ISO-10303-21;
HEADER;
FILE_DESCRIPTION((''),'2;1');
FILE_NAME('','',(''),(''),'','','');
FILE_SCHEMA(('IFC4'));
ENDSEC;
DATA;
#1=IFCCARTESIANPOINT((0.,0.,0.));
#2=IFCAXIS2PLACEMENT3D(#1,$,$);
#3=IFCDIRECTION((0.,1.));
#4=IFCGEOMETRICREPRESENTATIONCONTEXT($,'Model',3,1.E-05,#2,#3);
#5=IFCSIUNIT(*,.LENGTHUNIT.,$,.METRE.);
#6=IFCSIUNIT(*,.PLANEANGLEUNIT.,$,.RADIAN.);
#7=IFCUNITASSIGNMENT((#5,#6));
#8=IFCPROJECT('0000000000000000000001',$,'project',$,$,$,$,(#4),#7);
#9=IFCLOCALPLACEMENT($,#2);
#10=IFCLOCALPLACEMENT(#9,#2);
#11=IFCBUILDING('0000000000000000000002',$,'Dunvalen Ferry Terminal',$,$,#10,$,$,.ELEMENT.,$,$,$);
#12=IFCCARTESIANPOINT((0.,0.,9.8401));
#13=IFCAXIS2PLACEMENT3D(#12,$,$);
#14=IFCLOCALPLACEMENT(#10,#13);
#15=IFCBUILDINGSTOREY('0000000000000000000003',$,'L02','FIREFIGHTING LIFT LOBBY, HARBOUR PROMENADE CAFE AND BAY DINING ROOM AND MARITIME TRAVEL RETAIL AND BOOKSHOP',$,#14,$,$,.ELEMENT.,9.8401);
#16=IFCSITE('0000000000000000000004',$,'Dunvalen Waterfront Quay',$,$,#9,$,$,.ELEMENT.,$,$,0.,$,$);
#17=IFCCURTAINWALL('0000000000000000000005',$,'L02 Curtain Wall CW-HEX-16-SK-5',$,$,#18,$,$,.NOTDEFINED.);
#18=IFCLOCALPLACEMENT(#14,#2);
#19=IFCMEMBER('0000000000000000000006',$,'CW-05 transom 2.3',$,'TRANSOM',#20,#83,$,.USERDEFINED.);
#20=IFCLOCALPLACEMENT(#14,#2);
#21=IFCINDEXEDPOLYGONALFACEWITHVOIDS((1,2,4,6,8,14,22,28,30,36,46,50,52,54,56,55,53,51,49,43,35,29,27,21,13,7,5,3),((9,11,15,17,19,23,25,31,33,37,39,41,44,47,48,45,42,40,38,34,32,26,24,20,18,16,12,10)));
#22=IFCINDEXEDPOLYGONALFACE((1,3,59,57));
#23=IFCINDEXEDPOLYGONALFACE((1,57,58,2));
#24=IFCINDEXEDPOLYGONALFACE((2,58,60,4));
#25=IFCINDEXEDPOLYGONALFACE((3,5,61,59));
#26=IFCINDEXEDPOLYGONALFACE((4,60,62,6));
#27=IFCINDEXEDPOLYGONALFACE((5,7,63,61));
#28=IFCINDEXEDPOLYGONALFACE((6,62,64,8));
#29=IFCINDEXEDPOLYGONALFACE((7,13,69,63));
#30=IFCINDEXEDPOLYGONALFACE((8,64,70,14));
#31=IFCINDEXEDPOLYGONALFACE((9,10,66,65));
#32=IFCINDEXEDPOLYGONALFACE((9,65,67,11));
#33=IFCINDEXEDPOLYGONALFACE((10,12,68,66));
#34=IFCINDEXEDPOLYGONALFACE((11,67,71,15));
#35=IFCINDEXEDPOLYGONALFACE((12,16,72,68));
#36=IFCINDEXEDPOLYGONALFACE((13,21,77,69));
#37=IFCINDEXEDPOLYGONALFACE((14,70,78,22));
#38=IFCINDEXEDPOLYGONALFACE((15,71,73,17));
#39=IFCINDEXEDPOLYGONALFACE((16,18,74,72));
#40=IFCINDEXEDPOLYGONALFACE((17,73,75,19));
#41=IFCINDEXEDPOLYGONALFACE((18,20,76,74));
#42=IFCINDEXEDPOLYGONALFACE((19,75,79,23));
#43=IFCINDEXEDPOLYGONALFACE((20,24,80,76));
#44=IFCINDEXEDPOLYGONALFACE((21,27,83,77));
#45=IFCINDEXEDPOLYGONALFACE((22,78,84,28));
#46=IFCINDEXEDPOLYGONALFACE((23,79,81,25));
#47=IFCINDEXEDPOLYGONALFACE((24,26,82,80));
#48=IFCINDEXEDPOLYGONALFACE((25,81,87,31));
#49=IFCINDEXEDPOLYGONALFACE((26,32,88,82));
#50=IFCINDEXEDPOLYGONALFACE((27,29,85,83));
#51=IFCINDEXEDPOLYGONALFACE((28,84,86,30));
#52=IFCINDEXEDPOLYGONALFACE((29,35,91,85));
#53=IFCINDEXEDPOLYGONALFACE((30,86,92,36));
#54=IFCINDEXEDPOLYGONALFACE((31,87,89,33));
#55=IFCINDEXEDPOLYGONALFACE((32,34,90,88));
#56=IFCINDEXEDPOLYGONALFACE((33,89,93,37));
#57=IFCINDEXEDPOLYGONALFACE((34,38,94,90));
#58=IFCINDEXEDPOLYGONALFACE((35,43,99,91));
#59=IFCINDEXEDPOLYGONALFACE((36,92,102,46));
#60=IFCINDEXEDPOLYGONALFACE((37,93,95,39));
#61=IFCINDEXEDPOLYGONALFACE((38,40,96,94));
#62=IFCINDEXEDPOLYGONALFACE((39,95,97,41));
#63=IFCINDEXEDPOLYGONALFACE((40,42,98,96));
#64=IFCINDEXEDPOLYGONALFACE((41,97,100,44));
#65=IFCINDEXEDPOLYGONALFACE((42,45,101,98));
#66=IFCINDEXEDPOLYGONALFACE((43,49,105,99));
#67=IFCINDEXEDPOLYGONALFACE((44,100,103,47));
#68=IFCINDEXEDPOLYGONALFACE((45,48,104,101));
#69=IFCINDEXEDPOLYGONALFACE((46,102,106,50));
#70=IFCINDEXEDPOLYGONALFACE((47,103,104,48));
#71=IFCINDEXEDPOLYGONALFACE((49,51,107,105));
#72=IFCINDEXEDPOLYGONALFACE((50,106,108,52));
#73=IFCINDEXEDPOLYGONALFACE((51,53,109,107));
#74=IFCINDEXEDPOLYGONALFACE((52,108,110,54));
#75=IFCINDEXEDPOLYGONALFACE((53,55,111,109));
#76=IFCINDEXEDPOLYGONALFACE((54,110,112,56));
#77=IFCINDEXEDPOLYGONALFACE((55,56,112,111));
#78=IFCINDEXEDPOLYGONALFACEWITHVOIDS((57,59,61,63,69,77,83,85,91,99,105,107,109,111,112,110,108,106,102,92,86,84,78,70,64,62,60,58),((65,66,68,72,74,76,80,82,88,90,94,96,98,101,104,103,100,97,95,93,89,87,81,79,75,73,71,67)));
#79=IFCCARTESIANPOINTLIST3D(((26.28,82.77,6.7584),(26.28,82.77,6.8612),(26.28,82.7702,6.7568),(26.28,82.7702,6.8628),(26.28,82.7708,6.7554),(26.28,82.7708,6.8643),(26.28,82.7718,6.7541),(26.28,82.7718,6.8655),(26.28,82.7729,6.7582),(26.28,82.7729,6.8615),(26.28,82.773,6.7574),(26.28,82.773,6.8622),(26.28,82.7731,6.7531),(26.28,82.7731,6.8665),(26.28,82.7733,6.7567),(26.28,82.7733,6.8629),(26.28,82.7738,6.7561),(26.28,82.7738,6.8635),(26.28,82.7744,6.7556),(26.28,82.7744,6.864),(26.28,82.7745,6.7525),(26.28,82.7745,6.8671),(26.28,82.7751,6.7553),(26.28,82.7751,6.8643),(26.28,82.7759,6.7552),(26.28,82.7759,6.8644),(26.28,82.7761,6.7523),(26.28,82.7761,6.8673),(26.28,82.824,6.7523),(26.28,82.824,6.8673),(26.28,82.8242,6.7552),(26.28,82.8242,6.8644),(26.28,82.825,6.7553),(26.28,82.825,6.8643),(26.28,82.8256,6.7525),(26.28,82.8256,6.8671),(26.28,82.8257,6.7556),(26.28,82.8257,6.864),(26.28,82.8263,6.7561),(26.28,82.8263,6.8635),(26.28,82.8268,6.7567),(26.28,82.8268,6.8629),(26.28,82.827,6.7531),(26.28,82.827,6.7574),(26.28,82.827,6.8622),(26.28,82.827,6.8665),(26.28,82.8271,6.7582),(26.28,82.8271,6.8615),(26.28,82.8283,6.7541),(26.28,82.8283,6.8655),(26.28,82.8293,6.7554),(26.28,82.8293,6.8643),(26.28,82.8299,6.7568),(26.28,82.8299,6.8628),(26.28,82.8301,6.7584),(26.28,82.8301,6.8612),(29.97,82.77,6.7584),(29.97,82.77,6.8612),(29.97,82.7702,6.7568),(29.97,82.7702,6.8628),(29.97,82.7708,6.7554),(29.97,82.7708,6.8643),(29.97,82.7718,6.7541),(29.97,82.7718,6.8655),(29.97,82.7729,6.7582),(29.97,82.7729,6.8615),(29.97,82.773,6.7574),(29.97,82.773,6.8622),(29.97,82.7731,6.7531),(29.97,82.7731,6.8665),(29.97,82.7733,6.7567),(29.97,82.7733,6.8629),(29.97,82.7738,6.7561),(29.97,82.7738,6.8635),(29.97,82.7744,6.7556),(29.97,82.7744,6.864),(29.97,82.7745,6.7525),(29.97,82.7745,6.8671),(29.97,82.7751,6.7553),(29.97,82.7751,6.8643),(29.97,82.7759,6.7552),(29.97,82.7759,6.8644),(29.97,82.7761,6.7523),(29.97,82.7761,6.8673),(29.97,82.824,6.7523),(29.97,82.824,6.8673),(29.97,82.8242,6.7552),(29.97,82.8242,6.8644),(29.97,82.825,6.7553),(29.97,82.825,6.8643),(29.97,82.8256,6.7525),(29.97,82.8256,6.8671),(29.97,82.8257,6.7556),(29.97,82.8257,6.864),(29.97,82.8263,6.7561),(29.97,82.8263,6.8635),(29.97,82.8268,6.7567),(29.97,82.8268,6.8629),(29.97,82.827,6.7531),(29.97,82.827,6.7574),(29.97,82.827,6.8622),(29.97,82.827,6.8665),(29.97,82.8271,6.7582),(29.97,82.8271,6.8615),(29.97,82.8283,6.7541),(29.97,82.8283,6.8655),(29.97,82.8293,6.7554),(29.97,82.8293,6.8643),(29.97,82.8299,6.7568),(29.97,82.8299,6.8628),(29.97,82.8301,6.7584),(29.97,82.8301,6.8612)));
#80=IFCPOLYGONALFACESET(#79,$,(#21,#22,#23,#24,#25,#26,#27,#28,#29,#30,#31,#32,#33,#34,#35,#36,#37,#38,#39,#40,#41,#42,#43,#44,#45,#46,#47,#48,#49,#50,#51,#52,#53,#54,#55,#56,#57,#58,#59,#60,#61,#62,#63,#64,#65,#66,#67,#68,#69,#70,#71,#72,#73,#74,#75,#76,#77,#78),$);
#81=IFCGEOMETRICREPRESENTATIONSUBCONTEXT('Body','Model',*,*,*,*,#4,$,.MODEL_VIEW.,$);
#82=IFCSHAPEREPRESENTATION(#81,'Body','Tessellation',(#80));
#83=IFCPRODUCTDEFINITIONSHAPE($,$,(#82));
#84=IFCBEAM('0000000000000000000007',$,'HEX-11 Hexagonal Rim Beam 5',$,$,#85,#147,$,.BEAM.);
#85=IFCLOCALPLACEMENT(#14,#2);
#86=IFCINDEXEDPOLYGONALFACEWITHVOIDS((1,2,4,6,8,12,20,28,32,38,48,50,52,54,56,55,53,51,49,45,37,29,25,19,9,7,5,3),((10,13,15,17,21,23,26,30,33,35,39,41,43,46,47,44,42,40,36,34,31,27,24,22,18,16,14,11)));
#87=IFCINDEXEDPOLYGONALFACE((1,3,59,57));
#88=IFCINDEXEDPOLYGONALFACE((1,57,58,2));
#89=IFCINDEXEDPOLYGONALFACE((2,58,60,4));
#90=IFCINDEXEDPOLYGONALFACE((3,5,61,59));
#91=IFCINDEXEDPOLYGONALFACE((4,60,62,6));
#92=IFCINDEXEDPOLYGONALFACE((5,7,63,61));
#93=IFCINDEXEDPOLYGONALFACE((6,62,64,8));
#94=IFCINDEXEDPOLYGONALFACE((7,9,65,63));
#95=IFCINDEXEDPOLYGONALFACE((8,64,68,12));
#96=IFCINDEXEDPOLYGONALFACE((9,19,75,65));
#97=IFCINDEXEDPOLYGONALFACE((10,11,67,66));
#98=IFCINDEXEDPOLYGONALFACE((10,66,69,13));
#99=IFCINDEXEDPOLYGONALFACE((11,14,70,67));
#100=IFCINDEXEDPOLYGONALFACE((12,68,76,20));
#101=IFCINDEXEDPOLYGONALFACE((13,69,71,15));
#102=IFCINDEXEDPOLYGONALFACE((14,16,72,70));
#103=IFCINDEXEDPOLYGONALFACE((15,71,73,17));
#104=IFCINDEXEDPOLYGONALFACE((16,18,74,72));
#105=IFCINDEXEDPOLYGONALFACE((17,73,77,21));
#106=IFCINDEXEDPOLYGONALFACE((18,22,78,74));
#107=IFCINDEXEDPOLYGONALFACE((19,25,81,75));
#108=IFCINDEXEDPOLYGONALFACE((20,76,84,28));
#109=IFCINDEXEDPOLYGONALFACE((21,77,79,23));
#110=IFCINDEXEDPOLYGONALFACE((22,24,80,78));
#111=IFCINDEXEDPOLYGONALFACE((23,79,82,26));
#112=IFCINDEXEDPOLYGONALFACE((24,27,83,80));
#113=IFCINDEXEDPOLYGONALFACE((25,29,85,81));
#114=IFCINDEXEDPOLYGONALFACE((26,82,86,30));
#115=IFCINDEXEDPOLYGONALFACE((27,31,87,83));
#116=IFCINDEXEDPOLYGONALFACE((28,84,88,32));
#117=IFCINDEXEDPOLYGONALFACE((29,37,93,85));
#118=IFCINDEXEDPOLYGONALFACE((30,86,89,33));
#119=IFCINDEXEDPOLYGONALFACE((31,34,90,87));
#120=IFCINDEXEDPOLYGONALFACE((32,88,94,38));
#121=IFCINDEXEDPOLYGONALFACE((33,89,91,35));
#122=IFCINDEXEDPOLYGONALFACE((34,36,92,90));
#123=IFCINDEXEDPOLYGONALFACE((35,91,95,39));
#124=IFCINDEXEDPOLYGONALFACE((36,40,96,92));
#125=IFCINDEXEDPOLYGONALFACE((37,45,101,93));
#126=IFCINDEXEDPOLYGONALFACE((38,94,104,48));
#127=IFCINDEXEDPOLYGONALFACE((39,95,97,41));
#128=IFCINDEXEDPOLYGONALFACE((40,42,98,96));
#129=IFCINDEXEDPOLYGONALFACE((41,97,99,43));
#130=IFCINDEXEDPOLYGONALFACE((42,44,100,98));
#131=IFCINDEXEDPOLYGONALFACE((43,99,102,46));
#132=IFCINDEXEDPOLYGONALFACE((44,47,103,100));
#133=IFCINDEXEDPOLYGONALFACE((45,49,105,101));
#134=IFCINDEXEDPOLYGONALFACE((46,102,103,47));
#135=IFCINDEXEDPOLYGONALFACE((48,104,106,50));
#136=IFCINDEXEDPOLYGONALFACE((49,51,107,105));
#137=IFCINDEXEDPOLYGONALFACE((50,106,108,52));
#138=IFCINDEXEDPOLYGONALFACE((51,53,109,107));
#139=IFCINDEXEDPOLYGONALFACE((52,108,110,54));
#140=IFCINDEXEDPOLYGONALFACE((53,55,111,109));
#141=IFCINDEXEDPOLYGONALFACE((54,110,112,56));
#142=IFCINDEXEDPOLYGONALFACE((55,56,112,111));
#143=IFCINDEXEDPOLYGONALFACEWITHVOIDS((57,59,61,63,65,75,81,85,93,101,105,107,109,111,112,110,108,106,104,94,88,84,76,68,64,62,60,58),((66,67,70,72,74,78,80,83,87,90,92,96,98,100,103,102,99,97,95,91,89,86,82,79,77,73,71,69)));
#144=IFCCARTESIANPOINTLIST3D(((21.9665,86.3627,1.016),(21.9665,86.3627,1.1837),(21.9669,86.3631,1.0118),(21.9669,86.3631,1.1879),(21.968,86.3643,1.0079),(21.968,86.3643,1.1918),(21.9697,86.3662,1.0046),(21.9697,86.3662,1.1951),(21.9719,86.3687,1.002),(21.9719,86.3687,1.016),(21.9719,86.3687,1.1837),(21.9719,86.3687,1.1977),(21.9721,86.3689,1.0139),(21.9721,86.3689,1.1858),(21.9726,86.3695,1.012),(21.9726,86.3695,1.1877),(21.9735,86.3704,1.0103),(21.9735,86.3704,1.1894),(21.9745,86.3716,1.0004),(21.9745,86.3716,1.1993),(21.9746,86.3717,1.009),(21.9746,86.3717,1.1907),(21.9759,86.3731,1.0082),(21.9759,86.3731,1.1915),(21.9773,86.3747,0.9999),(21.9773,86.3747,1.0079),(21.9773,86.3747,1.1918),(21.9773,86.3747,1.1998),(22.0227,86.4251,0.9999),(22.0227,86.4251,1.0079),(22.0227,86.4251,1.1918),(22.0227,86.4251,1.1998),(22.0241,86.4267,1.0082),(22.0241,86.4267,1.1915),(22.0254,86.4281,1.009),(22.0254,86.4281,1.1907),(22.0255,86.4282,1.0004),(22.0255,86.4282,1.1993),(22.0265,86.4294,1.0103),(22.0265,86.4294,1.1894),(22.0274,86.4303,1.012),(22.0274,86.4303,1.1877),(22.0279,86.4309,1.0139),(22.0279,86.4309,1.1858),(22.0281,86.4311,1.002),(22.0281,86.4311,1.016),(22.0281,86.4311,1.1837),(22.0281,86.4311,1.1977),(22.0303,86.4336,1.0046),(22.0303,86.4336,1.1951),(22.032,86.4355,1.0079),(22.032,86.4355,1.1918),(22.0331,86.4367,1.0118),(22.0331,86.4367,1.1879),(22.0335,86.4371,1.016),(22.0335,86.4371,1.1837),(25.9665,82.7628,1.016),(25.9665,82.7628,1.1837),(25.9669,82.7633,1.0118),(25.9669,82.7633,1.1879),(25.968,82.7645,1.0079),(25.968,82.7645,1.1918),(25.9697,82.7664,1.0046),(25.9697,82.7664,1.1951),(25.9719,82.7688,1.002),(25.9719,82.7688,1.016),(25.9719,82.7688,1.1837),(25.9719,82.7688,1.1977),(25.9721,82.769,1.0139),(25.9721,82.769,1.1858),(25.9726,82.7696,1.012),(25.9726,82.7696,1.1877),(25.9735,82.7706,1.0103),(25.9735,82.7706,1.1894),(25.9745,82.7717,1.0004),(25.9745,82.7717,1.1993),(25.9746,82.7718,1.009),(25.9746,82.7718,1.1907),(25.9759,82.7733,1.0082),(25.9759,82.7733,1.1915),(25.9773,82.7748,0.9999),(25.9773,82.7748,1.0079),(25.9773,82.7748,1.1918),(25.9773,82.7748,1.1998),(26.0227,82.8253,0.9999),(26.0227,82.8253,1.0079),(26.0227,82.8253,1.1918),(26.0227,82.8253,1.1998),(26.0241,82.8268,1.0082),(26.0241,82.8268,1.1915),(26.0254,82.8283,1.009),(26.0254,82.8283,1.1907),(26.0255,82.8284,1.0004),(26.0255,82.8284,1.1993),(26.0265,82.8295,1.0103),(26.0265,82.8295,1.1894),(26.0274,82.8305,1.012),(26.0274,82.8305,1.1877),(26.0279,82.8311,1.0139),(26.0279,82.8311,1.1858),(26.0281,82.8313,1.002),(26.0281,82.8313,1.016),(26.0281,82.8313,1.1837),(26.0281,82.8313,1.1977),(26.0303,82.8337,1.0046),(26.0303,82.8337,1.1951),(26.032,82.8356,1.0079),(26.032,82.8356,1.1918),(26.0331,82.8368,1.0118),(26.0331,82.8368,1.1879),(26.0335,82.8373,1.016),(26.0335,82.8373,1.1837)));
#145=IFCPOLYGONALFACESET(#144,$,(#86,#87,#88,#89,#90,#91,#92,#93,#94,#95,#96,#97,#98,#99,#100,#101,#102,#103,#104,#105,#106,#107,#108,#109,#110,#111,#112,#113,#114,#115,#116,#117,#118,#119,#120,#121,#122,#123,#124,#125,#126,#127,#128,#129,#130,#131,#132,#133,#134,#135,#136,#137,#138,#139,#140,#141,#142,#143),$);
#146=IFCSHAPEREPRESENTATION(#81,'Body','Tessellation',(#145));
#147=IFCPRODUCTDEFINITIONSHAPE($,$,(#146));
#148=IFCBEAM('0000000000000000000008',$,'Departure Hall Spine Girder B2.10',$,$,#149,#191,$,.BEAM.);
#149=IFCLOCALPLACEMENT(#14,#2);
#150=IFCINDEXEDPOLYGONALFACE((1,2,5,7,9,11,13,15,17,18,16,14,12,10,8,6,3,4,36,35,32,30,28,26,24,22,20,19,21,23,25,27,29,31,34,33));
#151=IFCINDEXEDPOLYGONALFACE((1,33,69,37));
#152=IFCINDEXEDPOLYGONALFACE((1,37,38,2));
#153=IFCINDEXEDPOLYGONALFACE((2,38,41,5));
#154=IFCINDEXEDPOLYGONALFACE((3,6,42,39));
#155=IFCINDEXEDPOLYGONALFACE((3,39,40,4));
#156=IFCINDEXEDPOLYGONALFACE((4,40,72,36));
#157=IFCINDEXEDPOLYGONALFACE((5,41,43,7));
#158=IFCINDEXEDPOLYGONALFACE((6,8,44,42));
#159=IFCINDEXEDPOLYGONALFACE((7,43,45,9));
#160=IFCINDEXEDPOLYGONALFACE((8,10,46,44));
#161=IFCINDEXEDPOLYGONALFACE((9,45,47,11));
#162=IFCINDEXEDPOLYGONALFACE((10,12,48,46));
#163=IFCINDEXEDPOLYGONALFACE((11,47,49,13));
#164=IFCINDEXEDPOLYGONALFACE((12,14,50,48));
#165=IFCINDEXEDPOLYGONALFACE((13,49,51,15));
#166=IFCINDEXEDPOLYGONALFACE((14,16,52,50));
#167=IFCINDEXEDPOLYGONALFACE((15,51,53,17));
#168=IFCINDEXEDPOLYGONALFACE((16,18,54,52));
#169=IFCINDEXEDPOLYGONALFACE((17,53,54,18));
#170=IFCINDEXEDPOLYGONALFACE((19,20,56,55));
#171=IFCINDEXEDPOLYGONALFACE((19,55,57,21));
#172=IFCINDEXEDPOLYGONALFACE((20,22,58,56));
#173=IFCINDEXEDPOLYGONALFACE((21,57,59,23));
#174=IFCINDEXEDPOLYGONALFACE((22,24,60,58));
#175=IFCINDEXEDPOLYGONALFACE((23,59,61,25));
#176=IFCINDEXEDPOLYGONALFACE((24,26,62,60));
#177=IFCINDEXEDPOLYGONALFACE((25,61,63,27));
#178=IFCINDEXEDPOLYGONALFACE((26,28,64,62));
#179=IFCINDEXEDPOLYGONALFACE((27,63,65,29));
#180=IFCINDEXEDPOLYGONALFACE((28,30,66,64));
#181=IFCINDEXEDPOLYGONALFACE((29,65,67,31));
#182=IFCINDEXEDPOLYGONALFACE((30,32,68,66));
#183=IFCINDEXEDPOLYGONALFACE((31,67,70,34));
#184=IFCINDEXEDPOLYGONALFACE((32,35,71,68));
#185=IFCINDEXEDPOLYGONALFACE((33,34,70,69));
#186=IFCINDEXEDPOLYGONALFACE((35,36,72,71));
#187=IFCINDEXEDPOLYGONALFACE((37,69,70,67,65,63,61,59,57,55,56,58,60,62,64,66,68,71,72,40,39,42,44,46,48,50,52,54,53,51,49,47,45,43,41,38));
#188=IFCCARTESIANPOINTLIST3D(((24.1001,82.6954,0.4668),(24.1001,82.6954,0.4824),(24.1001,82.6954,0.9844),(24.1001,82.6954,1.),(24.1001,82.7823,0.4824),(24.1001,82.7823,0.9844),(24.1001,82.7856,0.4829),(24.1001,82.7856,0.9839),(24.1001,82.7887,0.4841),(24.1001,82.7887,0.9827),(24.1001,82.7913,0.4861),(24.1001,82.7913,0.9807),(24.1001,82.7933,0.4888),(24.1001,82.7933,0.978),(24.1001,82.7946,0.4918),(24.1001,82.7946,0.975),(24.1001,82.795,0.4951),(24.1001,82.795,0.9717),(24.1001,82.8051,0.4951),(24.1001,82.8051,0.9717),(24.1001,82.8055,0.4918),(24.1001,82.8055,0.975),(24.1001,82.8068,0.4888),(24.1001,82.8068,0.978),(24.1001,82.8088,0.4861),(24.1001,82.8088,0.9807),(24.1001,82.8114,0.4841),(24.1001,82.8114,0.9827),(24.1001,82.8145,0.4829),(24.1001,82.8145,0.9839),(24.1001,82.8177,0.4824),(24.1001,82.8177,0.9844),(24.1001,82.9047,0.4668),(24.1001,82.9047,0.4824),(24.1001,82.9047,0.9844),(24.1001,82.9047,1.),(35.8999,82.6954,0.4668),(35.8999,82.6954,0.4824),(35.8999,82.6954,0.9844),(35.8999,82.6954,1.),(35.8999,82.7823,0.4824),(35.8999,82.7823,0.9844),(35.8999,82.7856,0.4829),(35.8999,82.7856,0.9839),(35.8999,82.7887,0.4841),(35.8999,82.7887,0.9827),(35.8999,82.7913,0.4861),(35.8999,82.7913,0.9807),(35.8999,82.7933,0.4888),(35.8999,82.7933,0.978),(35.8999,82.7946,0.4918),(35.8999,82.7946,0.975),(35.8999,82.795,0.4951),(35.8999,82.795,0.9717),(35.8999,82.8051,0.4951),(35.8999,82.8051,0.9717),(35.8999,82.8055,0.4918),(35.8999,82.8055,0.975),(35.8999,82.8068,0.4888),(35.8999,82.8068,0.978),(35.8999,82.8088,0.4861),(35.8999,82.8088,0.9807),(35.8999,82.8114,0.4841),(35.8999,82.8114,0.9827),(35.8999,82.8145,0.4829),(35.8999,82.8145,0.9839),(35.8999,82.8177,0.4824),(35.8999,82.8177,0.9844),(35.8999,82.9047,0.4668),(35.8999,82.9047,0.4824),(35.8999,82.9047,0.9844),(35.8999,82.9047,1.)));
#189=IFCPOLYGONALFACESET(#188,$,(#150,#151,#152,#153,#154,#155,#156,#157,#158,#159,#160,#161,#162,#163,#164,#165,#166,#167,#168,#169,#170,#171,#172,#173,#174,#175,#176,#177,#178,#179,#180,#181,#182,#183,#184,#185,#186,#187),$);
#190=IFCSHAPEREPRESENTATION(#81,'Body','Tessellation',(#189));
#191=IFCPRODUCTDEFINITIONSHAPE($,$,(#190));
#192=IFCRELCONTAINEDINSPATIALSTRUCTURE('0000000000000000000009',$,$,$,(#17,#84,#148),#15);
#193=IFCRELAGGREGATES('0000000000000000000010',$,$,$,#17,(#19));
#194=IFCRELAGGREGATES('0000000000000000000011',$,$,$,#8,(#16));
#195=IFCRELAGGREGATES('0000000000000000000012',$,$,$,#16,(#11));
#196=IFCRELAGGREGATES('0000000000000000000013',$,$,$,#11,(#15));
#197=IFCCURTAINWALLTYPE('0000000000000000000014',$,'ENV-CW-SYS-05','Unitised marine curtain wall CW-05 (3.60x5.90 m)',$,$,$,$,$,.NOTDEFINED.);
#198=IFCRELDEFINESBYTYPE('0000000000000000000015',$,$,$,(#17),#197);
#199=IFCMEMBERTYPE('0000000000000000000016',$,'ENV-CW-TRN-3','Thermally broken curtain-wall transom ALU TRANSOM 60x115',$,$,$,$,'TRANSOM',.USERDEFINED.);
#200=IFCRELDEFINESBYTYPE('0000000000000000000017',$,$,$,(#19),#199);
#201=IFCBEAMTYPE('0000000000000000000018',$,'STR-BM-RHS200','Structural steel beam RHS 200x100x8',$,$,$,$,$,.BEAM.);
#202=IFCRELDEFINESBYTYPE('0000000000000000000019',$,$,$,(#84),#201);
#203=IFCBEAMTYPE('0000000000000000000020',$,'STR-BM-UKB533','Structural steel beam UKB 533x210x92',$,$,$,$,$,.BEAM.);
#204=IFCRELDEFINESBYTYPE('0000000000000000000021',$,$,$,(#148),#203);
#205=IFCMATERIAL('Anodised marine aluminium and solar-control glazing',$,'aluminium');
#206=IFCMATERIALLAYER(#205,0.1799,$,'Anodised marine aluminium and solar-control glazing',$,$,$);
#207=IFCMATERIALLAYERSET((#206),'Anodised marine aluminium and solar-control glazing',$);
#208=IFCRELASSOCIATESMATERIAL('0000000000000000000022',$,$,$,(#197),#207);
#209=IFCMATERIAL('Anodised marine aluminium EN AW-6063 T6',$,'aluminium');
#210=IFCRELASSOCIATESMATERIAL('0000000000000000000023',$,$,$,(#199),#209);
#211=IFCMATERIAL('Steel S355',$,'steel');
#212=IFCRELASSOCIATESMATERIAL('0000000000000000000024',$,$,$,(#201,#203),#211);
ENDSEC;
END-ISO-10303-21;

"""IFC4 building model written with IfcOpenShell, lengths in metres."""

from ifc_helpers import new_model, si_unit, direction, frame, origin, origin_2d, place, context, subcontext, project, spatial, hollow_rectangle, i_section, extrude, material, layer, layer_set, material_profile, profile_set, type_object, element, aggregate, save


model = new_model("IFC4")

# Units and contexts
model_context = context("Model", 3, precision=1e-05, world=origin(), true_north=direction((0.0, 1.0)))
body_context = subcontext(model_context, "Body", "Model", "MODEL_VIEW")
ifc_project = project(units=[si_unit("LENGTHUNIT", "METRE"), si_unit("PLANEANGLEUNIT", "RADIAN")], contexts=[model_context])

# Site, building, storey
site_placement = place(None, origin())
site = spatial("IfcSite", under=ifc_project, at=site_placement, Name="Dunvalen Waterfront Quay", CompositionType="ELEMENT", RefElevation=0.0)
building_placement = place(site_placement, origin())
building = spatial("IfcBuilding", under=site, at=building_placement, Name="Dunvalen Ferry Terminal", CompositionType="ELEMENT")
storey_placement = place(building_placement, frame((0.0, 0.0, 9.8401)))
storey = spatial("IfcBuildingStorey", under=building, at=storey_placement, Name="L02", Description="FIREFIGHTING LIFT LOBBY, HARBOUR PROMENADE CAFE AND BAY DINING ROOM AND MARITIME TRAVEL RETAIL AND BOOKSHOP", CompositionType="ELEMENT", Elevation=9.8401)

# Curtain wall, member
ifc_material_1 = material(Name="Anodised marine aluminium and solar-control glazing", Category="aluminium")
ifc_layer_1 = layer(ifc_material_1, 0.1799, Name="Anodised marine aluminium and solar-control glazing")
ifc_layer_set_1 = layer_set([ifc_layer_1], Name="Anodised marine aluminium and solar-control glazing")
curtain_wall_type = type_object("IfcCurtainWallType", Name="ENV-CW-SYS-05", Description="Unitised marine curtain wall CW-05 (3.60x5.90 m)", PredefinedType="NOTDEFINED", material=ifc_layer_set_1)
curtain_wall_placement = place(storey_placement, origin())
curtain_wall = element("IfcCurtainWall", 1, at=curtain_wall_placement, inside=storey, type_object=curtain_wall_type, Name="L02 Curtain Wall CW-HEX-16-SK-5", PredefinedType="NOTDEFINED")
ifc_material_2 = material(Name="Anodised marine aluminium EN AW-6063 T6", Category="aluminium")
ifc_material_profile_1 = material_profile(ifc_material_2, hollow_rectangle(XDim=0.0601, YDim=0.115, WallThickness=0.0029, InnerFilletRadius=0.0029, OuterFilletRadius=0.0061, at=origin_2d()), Name="Anodised marine aluminium EN AW-6063 T6")
ifc_profile_set_1 = profile_set([ifc_material_profile_1], Name="Anodised marine aluminium EN AW-6063 T6")
member_type_1 = type_object("IfcMemberType", Name="ENV-CW-TRN-3", Description="Thermally broken curtain-wall transom ALU TRANSOM 60x115", ElementType="TRANSOM", PredefinedType="USERDEFINED", material=ifc_profile_set_1)
member_1_placement = place(storey_placement, frame((29.97, 82.8, 6.8098), z_axis=(-1.0, 0.0, 0.0), x_axis=(0.0, -1.0, 0.0)))
member_1 = element("IfcMember", 2, at=member_1_placement, type_object=member_type_1, Name="CW-05 transom 2.3", ObjectType="TRANSOM", PredefinedType="USERDEFINED", context=body_context, shape_type="SweptSolid", body=[
    extrude(hollow_rectangle(XDim=0.0601, YDim=0.115, WallThickness=0.0029, InnerFilletRadius=0.0029, OuterFilletRadius=0.0061, at=origin_2d()), origin(), (0.0, 0.0, 1.0), 3.6899),
])

# Beams
ifc_material_3 = material(Name="Steel S355", Category="steel")
ifc_material_profile_2 = material_profile(ifc_material_3, hollow_rectangle(XDim=0.1001, YDim=0.2, WallThickness=0.0081, InnerFilletRadius=0.0081, OuterFilletRadius=0.0161, at=origin_2d()), Name="Steel S355")
ifc_profile_set_2 = profile_set([ifc_material_profile_2], Name="Steel S355")
beam_type_1 = type_object("IfcBeamType", Name="STR-BM-RHS200", Description="Structural steel beam RHS 200x100x8", PredefinedType="BEAM", material=ifc_profile_set_2)
beam_1_placement = place(storey_placement, frame((26.0, 82.8, 1.0999), z_axis=(-0.743308, 0.66895, 0.0), x_axis=(-0.66895, -0.743308, 0.0)))
element("IfcBeam", 3, at=beam_1_placement, inside=storey, type_object=beam_type_1, Name="HEX-11 Hexagonal Rim Beam 5", PredefinedType="BEAM", context=body_context, shape_type="SweptSolid", body=[
    extrude(hollow_rectangle(XDim=0.1001, YDim=0.2, WallThickness=0.0081, InnerFilletRadius=0.0081, OuterFilletRadius=0.0161, at=origin_2d()), origin(), (0.0, 0.0, 1.0), 5.3813),
])
ifc_material_profile_3 = material_profile(ifc_material_3, i_section(OverallWidth=0.2092, OverallDepth=0.5332, WebThickness=0.01, FlangeThickness=0.0156, FilletRadius=0.0127, at=origin_2d()), Name="Steel S355")
ifc_profile_set_3 = profile_set([ifc_material_profile_3], Name="Steel S355")
beam_type_2 = type_object("IfcBeamType", Name="STR-BM-UKB533", Description="Structural steel beam UKB 533x210x92", PredefinedType="BEAM", material=ifc_profile_set_3)
beam_2_placement = place(storey_placement, frame((24.1001, 82.8, 0.7334), z_axis=(1.0, 0.0, 0.0), x_axis=(0.0, 1.0, 0.0)))
element("IfcBeam", 4, at=beam_2_placement, inside=storey, type_object=beam_type_2, Name="Departure Hall Spine Girder B2.10", PredefinedType="BEAM", context=body_context, shape_type="SweptSolid", body=[
    extrude(i_section(OverallWidth=0.2092, OverallDepth=0.5332, WebThickness=0.01, FlangeThickness=0.0156, FilletRadius=0.0127, at=origin_2d()), origin(), (0.0, 0.0, 1.0), 11.7998),
])

aggregate(curtain_wall, [member_1])

save(model, "model.ifc")
